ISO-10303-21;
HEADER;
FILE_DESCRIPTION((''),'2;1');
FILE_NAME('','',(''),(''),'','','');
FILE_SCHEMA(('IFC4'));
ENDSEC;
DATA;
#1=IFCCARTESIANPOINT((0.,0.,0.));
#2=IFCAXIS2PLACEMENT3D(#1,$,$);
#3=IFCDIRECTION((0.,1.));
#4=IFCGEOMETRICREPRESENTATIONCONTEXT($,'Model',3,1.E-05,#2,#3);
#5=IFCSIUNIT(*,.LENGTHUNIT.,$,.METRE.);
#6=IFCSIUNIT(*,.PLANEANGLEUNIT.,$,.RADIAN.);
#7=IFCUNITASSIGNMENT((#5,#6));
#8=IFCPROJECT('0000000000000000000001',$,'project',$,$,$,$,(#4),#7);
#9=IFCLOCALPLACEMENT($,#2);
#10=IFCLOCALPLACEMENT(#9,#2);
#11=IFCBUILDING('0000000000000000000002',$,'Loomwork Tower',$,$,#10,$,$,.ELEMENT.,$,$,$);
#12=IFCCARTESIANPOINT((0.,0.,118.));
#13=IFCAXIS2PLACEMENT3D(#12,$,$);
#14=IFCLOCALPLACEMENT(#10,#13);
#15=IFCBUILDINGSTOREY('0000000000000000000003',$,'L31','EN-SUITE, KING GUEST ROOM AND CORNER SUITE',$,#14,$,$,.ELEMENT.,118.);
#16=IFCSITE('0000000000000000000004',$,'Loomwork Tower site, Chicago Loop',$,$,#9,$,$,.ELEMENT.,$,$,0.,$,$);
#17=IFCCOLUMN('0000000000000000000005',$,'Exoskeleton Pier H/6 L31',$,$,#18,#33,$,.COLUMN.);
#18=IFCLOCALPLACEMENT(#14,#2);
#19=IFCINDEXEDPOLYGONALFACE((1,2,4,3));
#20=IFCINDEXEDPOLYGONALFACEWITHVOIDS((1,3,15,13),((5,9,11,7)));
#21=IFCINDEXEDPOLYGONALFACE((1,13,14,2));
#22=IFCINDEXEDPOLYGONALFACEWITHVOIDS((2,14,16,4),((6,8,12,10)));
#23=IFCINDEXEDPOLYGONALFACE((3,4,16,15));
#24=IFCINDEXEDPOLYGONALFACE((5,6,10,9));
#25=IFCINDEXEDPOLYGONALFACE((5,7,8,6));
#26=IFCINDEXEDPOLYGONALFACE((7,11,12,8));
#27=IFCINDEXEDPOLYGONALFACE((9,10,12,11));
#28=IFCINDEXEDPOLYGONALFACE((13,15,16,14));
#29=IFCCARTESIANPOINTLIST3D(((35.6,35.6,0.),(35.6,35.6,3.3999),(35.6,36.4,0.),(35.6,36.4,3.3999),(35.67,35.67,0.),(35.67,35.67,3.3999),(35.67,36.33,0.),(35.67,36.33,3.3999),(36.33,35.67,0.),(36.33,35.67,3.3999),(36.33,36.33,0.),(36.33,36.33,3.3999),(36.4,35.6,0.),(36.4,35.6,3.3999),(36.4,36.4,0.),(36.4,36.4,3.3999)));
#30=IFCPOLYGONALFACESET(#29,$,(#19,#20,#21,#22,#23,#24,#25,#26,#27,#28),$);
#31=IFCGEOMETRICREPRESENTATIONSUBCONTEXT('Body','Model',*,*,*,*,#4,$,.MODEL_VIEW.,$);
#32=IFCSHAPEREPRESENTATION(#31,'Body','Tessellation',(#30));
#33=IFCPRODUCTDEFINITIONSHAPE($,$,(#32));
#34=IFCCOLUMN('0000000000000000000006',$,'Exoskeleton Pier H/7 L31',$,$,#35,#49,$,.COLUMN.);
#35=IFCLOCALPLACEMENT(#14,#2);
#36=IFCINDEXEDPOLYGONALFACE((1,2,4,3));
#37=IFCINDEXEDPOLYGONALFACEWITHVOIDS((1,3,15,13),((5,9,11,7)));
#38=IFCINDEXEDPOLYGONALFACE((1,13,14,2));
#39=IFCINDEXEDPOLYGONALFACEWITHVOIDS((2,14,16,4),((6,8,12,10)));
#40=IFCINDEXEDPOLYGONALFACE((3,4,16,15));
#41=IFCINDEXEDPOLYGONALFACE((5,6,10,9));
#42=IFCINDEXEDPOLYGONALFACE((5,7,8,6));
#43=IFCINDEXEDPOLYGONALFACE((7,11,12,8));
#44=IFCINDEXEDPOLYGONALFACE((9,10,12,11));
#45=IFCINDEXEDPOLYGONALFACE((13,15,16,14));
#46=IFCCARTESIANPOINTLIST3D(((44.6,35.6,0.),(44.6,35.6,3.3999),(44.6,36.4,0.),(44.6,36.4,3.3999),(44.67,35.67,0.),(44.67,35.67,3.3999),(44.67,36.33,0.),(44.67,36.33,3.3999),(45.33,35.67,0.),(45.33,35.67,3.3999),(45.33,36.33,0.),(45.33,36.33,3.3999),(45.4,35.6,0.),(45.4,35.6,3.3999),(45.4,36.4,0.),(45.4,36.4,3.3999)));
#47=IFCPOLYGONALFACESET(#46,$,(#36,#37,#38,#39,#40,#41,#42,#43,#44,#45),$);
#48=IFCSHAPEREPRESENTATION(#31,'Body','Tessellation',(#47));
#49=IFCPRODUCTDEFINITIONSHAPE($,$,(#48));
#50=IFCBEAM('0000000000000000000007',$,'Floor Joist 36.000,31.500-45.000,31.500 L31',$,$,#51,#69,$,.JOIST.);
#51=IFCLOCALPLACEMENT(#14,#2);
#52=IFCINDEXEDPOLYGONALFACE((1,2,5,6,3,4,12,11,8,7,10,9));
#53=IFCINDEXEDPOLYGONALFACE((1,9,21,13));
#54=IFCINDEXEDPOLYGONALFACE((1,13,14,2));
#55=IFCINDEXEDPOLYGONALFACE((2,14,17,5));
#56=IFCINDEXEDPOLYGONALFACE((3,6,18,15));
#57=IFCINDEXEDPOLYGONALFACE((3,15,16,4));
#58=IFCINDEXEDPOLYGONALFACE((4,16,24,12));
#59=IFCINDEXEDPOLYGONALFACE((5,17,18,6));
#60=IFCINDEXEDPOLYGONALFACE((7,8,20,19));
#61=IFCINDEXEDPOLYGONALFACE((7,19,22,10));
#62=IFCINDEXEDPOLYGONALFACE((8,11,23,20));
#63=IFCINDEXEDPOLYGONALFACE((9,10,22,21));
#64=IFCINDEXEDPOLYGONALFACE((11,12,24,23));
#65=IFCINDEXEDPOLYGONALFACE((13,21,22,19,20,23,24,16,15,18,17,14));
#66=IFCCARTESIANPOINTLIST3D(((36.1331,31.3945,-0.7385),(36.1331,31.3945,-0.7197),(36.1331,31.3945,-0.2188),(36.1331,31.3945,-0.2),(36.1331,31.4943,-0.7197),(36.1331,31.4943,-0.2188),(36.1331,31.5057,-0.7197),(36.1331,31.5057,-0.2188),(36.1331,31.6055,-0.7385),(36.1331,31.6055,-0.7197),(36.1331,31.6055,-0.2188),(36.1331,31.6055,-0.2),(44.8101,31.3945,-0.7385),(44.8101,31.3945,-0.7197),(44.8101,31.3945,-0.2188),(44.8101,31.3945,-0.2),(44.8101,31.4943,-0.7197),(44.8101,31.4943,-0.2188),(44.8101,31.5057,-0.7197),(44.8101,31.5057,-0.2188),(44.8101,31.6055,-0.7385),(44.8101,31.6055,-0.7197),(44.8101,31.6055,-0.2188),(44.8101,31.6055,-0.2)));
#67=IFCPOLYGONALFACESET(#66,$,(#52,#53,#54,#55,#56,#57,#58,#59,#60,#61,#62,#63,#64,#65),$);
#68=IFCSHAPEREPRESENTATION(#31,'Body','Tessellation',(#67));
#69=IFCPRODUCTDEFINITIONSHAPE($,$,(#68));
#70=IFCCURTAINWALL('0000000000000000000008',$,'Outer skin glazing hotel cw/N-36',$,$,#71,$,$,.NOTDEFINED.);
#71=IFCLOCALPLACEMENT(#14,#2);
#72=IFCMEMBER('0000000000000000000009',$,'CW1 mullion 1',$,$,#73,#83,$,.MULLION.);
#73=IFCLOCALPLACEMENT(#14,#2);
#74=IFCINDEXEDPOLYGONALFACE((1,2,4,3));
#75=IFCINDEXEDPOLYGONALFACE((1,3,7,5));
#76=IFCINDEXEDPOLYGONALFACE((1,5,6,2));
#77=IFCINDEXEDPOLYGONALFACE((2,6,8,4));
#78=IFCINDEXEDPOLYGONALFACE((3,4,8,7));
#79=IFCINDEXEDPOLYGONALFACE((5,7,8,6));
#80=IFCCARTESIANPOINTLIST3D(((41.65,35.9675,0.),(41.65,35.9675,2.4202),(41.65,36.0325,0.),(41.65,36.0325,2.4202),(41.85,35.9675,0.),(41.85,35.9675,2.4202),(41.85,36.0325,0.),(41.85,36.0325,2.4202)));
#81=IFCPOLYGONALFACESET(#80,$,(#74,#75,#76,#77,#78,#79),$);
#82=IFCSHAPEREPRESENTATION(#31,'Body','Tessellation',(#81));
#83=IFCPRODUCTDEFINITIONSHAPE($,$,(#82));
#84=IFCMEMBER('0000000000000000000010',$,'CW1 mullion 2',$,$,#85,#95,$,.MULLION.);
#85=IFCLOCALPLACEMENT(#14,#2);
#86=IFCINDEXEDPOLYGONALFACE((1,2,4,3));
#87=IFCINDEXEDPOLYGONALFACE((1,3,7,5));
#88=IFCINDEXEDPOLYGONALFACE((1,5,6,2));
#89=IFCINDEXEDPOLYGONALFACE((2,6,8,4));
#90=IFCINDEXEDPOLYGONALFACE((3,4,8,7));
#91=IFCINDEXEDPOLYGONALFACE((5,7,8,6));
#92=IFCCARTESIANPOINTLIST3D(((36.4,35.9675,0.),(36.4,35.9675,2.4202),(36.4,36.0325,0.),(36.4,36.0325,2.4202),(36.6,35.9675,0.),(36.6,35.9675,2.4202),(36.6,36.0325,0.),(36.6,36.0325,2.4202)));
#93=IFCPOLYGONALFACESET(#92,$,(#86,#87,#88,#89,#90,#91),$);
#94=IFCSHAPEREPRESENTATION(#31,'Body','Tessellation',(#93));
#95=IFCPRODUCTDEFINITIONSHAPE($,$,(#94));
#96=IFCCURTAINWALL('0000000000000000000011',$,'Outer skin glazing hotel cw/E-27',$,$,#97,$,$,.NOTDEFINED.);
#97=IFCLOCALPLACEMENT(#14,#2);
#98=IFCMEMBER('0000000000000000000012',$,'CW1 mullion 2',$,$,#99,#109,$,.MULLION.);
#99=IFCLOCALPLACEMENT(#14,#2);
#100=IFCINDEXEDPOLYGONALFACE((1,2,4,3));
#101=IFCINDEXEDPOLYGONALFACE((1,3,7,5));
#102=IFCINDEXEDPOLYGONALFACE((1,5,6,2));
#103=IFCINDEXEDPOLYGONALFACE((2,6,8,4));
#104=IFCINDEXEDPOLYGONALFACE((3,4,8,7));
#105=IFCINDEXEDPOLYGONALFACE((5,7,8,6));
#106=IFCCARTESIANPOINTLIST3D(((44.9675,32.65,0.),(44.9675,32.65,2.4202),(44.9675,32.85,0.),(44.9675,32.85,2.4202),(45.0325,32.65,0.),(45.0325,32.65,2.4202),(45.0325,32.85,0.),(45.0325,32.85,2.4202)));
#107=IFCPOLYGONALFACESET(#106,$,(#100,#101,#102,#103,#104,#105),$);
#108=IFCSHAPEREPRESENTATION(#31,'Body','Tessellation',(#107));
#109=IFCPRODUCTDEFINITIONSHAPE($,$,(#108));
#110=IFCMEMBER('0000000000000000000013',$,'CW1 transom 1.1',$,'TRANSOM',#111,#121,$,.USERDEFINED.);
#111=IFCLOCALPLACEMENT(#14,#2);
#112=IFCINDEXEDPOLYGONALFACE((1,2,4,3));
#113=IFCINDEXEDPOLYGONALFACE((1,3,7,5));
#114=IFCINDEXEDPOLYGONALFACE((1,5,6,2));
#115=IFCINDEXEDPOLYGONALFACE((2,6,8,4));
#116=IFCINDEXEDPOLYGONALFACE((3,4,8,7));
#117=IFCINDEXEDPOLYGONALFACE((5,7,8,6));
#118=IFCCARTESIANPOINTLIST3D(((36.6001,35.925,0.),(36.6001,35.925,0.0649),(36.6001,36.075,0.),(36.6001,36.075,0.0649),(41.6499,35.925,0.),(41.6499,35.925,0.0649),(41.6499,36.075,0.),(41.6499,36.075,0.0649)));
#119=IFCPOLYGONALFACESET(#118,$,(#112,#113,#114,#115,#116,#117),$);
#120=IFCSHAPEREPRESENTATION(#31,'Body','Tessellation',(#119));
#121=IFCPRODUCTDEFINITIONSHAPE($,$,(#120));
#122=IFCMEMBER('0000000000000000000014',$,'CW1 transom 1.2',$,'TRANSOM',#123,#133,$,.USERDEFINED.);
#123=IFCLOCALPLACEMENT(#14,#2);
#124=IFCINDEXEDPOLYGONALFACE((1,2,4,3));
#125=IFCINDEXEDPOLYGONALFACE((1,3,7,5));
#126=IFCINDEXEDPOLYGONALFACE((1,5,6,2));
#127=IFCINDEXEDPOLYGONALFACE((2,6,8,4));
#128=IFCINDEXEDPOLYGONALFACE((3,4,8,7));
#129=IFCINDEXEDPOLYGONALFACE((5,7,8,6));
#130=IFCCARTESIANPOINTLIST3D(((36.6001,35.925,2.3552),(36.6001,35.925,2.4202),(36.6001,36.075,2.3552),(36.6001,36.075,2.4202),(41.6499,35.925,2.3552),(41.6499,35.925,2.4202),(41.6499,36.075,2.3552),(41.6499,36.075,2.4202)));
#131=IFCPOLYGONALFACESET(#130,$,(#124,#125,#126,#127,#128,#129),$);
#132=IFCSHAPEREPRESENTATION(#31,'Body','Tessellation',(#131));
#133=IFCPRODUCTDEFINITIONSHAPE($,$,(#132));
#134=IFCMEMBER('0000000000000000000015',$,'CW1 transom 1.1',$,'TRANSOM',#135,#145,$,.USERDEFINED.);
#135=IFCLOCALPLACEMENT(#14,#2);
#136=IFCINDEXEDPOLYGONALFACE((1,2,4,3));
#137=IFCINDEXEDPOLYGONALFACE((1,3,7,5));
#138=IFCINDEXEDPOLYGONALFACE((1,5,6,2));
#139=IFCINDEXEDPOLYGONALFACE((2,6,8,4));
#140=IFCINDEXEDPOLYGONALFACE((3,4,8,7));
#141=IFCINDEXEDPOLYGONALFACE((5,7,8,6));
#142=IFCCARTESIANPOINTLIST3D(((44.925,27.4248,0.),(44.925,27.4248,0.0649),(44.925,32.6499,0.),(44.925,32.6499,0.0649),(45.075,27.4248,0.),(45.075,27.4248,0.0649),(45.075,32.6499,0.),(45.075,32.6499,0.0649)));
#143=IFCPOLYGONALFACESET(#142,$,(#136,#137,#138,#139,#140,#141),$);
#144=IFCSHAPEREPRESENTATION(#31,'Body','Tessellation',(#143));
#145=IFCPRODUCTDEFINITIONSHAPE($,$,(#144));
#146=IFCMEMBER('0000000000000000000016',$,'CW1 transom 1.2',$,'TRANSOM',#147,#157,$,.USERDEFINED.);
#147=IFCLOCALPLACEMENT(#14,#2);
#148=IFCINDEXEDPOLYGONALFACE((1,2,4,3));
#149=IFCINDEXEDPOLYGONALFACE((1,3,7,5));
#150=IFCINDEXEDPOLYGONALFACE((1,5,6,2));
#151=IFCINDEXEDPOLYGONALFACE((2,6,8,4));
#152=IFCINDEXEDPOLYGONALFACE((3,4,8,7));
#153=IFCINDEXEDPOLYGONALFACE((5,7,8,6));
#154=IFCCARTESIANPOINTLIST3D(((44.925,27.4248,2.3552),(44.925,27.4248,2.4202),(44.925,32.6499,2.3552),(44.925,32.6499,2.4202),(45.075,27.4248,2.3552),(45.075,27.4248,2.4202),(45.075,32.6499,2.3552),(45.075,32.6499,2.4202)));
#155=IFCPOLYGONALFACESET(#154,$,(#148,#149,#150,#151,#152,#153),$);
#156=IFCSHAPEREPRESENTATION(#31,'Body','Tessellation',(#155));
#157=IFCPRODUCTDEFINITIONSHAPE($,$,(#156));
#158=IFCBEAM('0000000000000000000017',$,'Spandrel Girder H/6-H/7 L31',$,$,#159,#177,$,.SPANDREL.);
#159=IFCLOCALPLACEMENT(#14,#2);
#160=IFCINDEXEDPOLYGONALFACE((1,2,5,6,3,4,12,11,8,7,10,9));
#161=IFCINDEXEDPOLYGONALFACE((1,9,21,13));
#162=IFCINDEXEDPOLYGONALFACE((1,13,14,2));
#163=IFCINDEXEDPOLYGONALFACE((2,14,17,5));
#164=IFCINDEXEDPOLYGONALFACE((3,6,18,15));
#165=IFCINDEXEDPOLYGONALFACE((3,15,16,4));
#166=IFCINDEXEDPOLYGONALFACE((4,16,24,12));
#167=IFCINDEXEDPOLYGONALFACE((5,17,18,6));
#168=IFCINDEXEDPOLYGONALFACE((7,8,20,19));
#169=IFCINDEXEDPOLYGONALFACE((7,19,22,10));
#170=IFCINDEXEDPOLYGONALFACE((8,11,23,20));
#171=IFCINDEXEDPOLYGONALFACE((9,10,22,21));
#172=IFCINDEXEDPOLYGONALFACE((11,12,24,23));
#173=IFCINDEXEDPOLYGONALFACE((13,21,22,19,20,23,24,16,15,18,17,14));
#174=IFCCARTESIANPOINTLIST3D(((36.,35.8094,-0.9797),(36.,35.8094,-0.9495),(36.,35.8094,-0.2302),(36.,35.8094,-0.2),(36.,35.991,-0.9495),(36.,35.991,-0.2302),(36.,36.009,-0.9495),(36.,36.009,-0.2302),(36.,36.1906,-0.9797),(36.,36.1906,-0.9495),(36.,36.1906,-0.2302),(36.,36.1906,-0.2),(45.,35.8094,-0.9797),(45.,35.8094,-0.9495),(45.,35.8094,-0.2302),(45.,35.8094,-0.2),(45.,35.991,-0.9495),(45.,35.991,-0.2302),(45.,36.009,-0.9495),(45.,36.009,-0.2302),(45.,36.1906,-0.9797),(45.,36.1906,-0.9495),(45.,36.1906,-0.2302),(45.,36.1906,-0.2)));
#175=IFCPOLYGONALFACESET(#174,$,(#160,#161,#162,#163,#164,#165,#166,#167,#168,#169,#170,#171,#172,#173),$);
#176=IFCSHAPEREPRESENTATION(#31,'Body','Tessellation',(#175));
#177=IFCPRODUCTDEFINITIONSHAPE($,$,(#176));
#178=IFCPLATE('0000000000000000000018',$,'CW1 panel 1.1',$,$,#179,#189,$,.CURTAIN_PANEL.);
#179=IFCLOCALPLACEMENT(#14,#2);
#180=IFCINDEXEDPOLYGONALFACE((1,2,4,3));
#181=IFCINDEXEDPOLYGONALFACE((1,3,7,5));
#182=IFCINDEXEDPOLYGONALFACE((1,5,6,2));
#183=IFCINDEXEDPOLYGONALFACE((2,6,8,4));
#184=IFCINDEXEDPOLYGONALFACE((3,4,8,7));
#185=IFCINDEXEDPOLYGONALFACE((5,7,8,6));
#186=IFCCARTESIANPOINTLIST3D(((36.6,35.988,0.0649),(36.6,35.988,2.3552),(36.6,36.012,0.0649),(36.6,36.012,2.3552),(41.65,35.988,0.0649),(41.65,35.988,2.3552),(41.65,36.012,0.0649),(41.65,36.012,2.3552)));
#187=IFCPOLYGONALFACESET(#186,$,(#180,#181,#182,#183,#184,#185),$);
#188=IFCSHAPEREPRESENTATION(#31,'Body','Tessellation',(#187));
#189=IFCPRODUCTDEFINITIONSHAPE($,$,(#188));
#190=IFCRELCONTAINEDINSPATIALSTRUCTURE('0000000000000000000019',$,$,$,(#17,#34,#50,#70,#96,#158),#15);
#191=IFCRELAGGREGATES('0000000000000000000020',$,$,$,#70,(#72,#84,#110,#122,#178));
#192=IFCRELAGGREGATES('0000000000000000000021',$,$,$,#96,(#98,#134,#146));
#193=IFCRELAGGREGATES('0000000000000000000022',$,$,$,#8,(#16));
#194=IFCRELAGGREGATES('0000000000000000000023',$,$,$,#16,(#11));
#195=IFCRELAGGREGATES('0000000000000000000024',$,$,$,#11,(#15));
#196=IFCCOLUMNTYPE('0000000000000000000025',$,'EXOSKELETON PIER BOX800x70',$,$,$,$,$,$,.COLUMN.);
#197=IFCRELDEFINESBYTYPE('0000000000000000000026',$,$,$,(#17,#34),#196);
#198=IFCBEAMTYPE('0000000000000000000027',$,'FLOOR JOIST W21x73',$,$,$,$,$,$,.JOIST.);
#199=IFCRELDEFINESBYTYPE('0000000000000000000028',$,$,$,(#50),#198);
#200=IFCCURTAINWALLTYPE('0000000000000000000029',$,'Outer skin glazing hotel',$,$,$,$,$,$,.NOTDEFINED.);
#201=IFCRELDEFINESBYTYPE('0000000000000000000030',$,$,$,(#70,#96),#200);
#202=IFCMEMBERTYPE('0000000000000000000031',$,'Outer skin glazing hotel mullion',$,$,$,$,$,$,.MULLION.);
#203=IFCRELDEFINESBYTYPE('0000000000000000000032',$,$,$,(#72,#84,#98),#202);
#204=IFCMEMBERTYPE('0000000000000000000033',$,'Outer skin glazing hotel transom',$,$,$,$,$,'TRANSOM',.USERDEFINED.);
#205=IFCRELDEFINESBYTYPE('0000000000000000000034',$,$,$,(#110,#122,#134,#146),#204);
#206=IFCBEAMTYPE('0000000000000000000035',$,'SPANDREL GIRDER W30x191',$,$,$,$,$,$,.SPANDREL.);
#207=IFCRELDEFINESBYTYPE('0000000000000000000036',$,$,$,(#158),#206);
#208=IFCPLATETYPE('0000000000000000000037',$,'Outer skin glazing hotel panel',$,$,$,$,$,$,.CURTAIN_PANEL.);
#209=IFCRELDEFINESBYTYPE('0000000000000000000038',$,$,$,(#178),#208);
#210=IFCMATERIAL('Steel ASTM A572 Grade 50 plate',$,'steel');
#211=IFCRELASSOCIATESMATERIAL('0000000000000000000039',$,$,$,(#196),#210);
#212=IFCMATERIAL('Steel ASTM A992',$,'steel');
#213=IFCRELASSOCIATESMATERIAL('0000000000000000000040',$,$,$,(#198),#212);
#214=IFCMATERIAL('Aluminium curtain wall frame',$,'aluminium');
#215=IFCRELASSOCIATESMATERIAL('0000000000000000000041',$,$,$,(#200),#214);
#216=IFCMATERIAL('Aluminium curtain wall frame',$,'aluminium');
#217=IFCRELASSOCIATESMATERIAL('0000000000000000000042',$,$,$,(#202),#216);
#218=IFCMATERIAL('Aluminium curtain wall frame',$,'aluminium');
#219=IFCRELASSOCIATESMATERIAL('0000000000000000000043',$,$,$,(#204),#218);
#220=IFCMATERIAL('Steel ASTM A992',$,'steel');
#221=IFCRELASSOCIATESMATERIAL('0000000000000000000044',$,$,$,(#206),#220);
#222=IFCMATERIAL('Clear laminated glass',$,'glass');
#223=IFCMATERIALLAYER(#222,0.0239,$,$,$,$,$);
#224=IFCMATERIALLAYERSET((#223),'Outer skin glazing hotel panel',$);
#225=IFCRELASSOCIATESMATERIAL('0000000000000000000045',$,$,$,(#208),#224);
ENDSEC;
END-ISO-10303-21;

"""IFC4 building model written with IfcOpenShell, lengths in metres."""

from ifc_helpers import new_model, si_unit, direction, frame, origin, origin_2d, place, context, subcontext, project, spatial, rectangle, hollow_rectangle, i_section, extrude, material, layer, layer_set, material_profile, profile_set, type_object, element, aggregate, save


model = new_model("IFC4")

# Units and contexts
model_context = context("Model", 3, precision=1e-05, world=origin(), true_north=direction((0.0, 1.0)))
body_context = subcontext(model_context, "Body", "Model", "MODEL_VIEW")
ifc_project = project(units=[si_unit("LENGTHUNIT", "METRE"), si_unit("PLANEANGLEUNIT", "RADIAN")], contexts=[model_context])

# Site, building, storey
site_placement = place(None, origin())
site = spatial("IfcSite", under=ifc_project, at=site_placement, Name="Loomwork Tower site, Chicago Loop", CompositionType="ELEMENT", RefElevation=0.0)
building_placement = place(site_placement, origin())
building = spatial("IfcBuilding", under=site, at=building_placement, Name="Loomwork Tower", CompositionType="ELEMENT")
storey_placement = place(building_placement, frame((0.0, 0.0, 118.0)))
storey = spatial("IfcBuildingStorey", under=building, at=storey_placement, Name="L31", Description="EN-SUITE, KING GUEST ROOM AND CORNER SUITE", CompositionType="ELEMENT", Elevation=118.0)

# Columns
ifc_material_1 = material(Name="Steel ASTM A572 Grade 50 plate", Category="steel")
ifc_material_profile_1 = material_profile(ifc_material_1, hollow_rectangle(XDim=0.8, YDim=0.8, WallThickness=0.0701, at=origin_2d()), Name="BOX800x70")
ifc_profile_set_1 = profile_set([ifc_material_profile_1], Name="Steel ASTM A572 Grade 50 plate")
column_type = type_object("IfcColumnType", Name="EXOSKELETON PIER BOX800x70", PredefinedType="COLUMN", material=ifc_profile_set_1)
for number, where, z_axis, x_axis, name in (
    (1, (36.0, 36.0, 0.0), (0.0, 0.0, 1.0), (1.0, 0.0, 0.0), "Exoskeleton Pier H/6 L31"),
    (2, (45.0, 36.0, 0.0), (0.0, 0.0, 1.0), (1.0, 0.0, 0.0), "Exoskeleton Pier H/7 L31"),
):
    element("IfcColumn", number, at=place(storey_placement, frame(where, z_axis=z_axis, x_axis=x_axis)), inside=storey, type_object=column_type, Name=name, PredefinedType="COLUMN", context=body_context, shape_type="SweptSolid", body=[
        extrude(hollow_rectangle(XDim=0.8, YDim=0.8, WallThickness=0.0701, at=origin_2d()), origin(), (0.0, 0.0, 1.0), 3.3999),
    ])

# Beam
ifc_material_2 = material(Name="Steel ASTM A992", Category="steel")
ifc_material_profile_2 = material_profile(ifc_material_2, i_section(OverallWidth=0.2109, OverallDepth=0.5386, WebThickness=0.0115, FlangeThickness=0.0188, at=origin_2d()), Name="W21x73")
ifc_profile_set_2 = profile_set([ifc_material_profile_2], Name="Steel ASTM A992")
beam_type_1 = type_object("IfcBeamType", Name="FLOOR JOIST W21x73", PredefinedType="JOIST", material=ifc_profile_set_2)
beam_1_placement = place(storey_placement, frame((36.1331, 31.5, -0.4692), z_axis=(1.0, 0.0, 0.0), x_axis=(0.0, 1.0, 0.0)))
element("IfcBeam", 3, at=beam_1_placement, inside=storey, type_object=beam_type_1, Name="Floor Joist 36.000,31.500-45.000,31.500 L31", PredefinedType="JOIST", context=body_context, shape_type="SweptSolid", body=[
    extrude(i_section(OverallWidth=0.2109, OverallDepth=0.5386, WebThickness=0.0115, FlangeThickness=0.0188, at=origin_2d()), origin(), (0.0, 0.0, 1.0), 8.677),
])

# Curtain wall, members
ifc_material_3 = material(Name="Aluminium curtain wall frame", Category="aluminium")
curtain_wall_type = type_object("IfcCurtainWallType", Name="Outer skin glazing hotel", PredefinedType="NOTDEFINED", material=ifc_material_3)
curtain_wall_1_placement = place(storey_placement, origin())
curtain_wall_1 = element("IfcCurtainWall", 4, at=curtain_wall_1_placement, inside=storey, type_object=curtain_wall_type, Name="Outer skin glazing hotel cw/N-36", PredefinedType="NOTDEFINED")
ifc_material_4 = material(Name="Aluminium curtain wall frame", Category="aluminium")
ifc_material_profile_3 = material_profile(ifc_material_4, rectangle(XDim=0.0649, YDim=0.2, at=origin_2d()), Name="AL 65x200")
ifc_profile_set_3 = profile_set([ifc_material_profile_3], Name="Aluminium curtain wall frame")
member_type_1 = type_object("IfcMemberType", Name="Outer skin glazing hotel mullion", PredefinedType="MULLION", material=ifc_profile_set_3)
member_1_placement = place(storey_placement, frame((41.75, 36.0, 0.0), z_axis=(0.0, 0.0, 1.0), x_axis=(0.0, -1.0, 0.0)))
member_1 = element("IfcMember", 5, at=member_1_placement, type_object=member_type_1, Name="CW1 mullion 1", PredefinedType="MULLION", context=body_context, shape_type="SweptSolid", body=[
    extrude(rectangle(XDim=0.0649, YDim=0.2, at=origin_2d()), origin(), (0.0, 0.0, 1.0), 2.4202),
])
member_2_placement = place(storey_placement, frame((36.5, 36.0, 0.0), z_axis=(0.0, 0.0, 1.0), x_axis=(0.0, -1.0, 0.0)))
member_2 = element("IfcMember", 6, at=member_2_placement, type_object=member_type_1, Name="CW1 mullion 2", PredefinedType="MULLION", context=body_context, shape_type="SweptSolid", body=[
    extrude(rectangle(XDim=0.0649, YDim=0.2, at=origin_2d()), origin(), (0.0, 0.0, 1.0), 2.4202),
])

# Curtain wall, member
curtain_wall_2_placement = place(storey_placement, origin())
curtain_wall_2 = element("IfcCurtainWall", 7, at=curtain_wall_2_placement, inside=storey, type_object=curtain_wall_type, Name="Outer skin glazing hotel cw/E-27", PredefinedType="NOTDEFINED")
member_3_placement = place(storey_placement, frame((45.0, 32.75, 0.0), z_axis=(0.0, 0.0, 1.0), x_axis=(-1.0, 0.0, 0.0)))
member_3 = element("IfcMember", 8, at=member_3_placement, type_object=member_type_1, Name="CW1 mullion 2", PredefinedType="MULLION", context=body_context, shape_type="SweptSolid", body=[
    extrude(rectangle(XDim=0.0649, YDim=0.2, at=origin_2d()), origin(), (0.0, 0.0, 1.0), 2.4202),
])

# Members
ifc_material_5 = material(Name="Aluminium curtain wall frame", Category="aluminium")
ifc_material_profile_4 = material_profile(ifc_material_5, rectangle(XDim=0.1499, YDim=0.0649, at=origin_2d()), Name="AL 65x150")
ifc_profile_set_4 = profile_set([ifc_material_profile_4], Name="Aluminium curtain wall frame")
member_type_2 = type_object("IfcMemberType", Name="Outer skin glazing hotel transom", ElementType="TRANSOM", PredefinedType="USERDEFINED", material=ifc_profile_set_4)
member_4_placement = place(storey_placement, frame((41.6499, 36.0, 0.0325), z_axis=(-1.0, 0.0, 0.0), x_axis=(0.0, -1.0, 0.0)))
member_4 = element("IfcMember", 9, at=member_4_placement, type_object=member_type_2, Name="CW1 transom 1.1", ObjectType="TRANSOM", PredefinedType="USERDEFINED", context=body_context, shape_type="SweptSolid", body=[
    extrude(rectangle(XDim=0.1499, YDim=0.0649, at=origin_2d()), origin(), (0.0, 0.0, 1.0), 5.0498),
])
member_5_placement = place(storey_placement, frame((41.6499, 36.0, 2.3877), z_axis=(-1.0, 0.0, 0.0), x_axis=(0.0, -1.0, 0.0)))
member_5 = element("IfcMember", 10, at=member_5_placement, type_object=member_type_2, Name="CW1 transom 1.2", ObjectType="TRANSOM", PredefinedType="USERDEFINED", context=body_context, shape_type="SweptSolid", body=[
    extrude(rectangle(XDim=0.1499, YDim=0.0649, at=origin_2d()), origin(), (0.0, 0.0, 1.0), 5.0498),
])
member_6_placement = place(storey_placement, frame((45.0, 27.4248, 0.0325), z_axis=(0.0, 1.0, 0.0), x_axis=(-1.0, 0.0, 0.0)))
member_6 = element("IfcMember", 11, at=member_6_placement, type_object=member_type_2, Name="CW1 transom 1.1", ObjectType="TRANSOM", PredefinedType="USERDEFINED", context=body_context, shape_type="SweptSolid", body=[
    extrude(rectangle(XDim=0.1499, YDim=0.0649, at=origin_2d()), origin(), (0.0, 0.0, 1.0), 5.2251),
])
member_7_placement = place(storey_placement, frame((45.0, 27.4248, 2.3877), z_axis=(0.0, 1.0, 0.0), x_axis=(-1.0, 0.0, 0.0)))
member_7 = element("IfcMember", 12, at=member_7_placement, type_object=member_type_2, Name="CW1 transom 1.2", ObjectType="TRANSOM", PredefinedType="USERDEFINED", context=body_context, shape_type="SweptSolid", body=[
    extrude(rectangle(XDim=0.1499, YDim=0.0649, at=origin_2d()), origin(), (0.0, 0.0, 1.0), 5.2251),
])

# Beam
ifc_material_6 = material(Name="Steel ASTM A992", Category="steel")
ifc_material_profile_5 = material_profile(ifc_material_6, i_section(OverallWidth=0.3811, OverallDepth=0.7798, WebThickness=0.0181, FlangeThickness=0.0303, at=origin_2d()), Name="W30x191")
ifc_profile_set_5 = profile_set([ifc_material_profile_5], Name="Steel ASTM A992")
beam_type_2 = type_object("IfcBeamType", Name="SPANDREL GIRDER W30x191", PredefinedType="SPANDREL", material=ifc_profile_set_5)
beam_2_placement = place(storey_placement, frame((36.0, 36.0, -0.5898), z_axis=(1.0, 0.0, 0.0), x_axis=(0.0, 1.0, 0.0)))
element("IfcBeam", 13, at=beam_2_placement, inside=storey, type_object=beam_type_2, Name="Spandrel Girder H/6-H/7 L31", PredefinedType="SPANDREL", context=body_context, shape_type="SweptSolid", body=[
    extrude(i_section(OverallWidth=0.3811, OverallDepth=0.7798, WebThickness=0.0181, FlangeThickness=0.0303, at=origin_2d()), origin(), (0.0, 0.0, 1.0), 9.0),
])

# Plate
ifc_material_7 = material(Name="Clear laminated glass", Category="glass")
ifc_layer_1 = layer(ifc_material_7, 0.0239)
ifc_layer_set_1 = layer_set([ifc_layer_1], Name="Outer skin glazing hotel panel")
plate_type = type_object("IfcPlateType", Name="Outer skin glazing hotel panel", PredefinedType="CURTAIN_PANEL", material=ifc_layer_set_1)
plate_1_placement = place(storey_placement, frame((39.125, 36.0, 0.0649), z_axis=(0.0, 0.0, 1.0), x_axis=(-1.0, 0.0, 0.0)))
plate_1 = element("IfcPlate", 14, at=plate_1_placement, type_object=plate_type, Name="CW1 panel 1.1", PredefinedType="CURTAIN_PANEL", context=body_context, shape_type="SweptSolid", body=[
    extrude(rectangle(XDim=5.05, YDim=0.0239, at=origin_2d()), origin(), (0.0, 0.0, 1.0), 2.2903),
])
aggregate(curtain_wall_1, [member_1, member_2, member_4, member_5, plate_1])
aggregate(curtain_wall_2, [member_3, member_6, member_7])

save(model, "model.ifc")
